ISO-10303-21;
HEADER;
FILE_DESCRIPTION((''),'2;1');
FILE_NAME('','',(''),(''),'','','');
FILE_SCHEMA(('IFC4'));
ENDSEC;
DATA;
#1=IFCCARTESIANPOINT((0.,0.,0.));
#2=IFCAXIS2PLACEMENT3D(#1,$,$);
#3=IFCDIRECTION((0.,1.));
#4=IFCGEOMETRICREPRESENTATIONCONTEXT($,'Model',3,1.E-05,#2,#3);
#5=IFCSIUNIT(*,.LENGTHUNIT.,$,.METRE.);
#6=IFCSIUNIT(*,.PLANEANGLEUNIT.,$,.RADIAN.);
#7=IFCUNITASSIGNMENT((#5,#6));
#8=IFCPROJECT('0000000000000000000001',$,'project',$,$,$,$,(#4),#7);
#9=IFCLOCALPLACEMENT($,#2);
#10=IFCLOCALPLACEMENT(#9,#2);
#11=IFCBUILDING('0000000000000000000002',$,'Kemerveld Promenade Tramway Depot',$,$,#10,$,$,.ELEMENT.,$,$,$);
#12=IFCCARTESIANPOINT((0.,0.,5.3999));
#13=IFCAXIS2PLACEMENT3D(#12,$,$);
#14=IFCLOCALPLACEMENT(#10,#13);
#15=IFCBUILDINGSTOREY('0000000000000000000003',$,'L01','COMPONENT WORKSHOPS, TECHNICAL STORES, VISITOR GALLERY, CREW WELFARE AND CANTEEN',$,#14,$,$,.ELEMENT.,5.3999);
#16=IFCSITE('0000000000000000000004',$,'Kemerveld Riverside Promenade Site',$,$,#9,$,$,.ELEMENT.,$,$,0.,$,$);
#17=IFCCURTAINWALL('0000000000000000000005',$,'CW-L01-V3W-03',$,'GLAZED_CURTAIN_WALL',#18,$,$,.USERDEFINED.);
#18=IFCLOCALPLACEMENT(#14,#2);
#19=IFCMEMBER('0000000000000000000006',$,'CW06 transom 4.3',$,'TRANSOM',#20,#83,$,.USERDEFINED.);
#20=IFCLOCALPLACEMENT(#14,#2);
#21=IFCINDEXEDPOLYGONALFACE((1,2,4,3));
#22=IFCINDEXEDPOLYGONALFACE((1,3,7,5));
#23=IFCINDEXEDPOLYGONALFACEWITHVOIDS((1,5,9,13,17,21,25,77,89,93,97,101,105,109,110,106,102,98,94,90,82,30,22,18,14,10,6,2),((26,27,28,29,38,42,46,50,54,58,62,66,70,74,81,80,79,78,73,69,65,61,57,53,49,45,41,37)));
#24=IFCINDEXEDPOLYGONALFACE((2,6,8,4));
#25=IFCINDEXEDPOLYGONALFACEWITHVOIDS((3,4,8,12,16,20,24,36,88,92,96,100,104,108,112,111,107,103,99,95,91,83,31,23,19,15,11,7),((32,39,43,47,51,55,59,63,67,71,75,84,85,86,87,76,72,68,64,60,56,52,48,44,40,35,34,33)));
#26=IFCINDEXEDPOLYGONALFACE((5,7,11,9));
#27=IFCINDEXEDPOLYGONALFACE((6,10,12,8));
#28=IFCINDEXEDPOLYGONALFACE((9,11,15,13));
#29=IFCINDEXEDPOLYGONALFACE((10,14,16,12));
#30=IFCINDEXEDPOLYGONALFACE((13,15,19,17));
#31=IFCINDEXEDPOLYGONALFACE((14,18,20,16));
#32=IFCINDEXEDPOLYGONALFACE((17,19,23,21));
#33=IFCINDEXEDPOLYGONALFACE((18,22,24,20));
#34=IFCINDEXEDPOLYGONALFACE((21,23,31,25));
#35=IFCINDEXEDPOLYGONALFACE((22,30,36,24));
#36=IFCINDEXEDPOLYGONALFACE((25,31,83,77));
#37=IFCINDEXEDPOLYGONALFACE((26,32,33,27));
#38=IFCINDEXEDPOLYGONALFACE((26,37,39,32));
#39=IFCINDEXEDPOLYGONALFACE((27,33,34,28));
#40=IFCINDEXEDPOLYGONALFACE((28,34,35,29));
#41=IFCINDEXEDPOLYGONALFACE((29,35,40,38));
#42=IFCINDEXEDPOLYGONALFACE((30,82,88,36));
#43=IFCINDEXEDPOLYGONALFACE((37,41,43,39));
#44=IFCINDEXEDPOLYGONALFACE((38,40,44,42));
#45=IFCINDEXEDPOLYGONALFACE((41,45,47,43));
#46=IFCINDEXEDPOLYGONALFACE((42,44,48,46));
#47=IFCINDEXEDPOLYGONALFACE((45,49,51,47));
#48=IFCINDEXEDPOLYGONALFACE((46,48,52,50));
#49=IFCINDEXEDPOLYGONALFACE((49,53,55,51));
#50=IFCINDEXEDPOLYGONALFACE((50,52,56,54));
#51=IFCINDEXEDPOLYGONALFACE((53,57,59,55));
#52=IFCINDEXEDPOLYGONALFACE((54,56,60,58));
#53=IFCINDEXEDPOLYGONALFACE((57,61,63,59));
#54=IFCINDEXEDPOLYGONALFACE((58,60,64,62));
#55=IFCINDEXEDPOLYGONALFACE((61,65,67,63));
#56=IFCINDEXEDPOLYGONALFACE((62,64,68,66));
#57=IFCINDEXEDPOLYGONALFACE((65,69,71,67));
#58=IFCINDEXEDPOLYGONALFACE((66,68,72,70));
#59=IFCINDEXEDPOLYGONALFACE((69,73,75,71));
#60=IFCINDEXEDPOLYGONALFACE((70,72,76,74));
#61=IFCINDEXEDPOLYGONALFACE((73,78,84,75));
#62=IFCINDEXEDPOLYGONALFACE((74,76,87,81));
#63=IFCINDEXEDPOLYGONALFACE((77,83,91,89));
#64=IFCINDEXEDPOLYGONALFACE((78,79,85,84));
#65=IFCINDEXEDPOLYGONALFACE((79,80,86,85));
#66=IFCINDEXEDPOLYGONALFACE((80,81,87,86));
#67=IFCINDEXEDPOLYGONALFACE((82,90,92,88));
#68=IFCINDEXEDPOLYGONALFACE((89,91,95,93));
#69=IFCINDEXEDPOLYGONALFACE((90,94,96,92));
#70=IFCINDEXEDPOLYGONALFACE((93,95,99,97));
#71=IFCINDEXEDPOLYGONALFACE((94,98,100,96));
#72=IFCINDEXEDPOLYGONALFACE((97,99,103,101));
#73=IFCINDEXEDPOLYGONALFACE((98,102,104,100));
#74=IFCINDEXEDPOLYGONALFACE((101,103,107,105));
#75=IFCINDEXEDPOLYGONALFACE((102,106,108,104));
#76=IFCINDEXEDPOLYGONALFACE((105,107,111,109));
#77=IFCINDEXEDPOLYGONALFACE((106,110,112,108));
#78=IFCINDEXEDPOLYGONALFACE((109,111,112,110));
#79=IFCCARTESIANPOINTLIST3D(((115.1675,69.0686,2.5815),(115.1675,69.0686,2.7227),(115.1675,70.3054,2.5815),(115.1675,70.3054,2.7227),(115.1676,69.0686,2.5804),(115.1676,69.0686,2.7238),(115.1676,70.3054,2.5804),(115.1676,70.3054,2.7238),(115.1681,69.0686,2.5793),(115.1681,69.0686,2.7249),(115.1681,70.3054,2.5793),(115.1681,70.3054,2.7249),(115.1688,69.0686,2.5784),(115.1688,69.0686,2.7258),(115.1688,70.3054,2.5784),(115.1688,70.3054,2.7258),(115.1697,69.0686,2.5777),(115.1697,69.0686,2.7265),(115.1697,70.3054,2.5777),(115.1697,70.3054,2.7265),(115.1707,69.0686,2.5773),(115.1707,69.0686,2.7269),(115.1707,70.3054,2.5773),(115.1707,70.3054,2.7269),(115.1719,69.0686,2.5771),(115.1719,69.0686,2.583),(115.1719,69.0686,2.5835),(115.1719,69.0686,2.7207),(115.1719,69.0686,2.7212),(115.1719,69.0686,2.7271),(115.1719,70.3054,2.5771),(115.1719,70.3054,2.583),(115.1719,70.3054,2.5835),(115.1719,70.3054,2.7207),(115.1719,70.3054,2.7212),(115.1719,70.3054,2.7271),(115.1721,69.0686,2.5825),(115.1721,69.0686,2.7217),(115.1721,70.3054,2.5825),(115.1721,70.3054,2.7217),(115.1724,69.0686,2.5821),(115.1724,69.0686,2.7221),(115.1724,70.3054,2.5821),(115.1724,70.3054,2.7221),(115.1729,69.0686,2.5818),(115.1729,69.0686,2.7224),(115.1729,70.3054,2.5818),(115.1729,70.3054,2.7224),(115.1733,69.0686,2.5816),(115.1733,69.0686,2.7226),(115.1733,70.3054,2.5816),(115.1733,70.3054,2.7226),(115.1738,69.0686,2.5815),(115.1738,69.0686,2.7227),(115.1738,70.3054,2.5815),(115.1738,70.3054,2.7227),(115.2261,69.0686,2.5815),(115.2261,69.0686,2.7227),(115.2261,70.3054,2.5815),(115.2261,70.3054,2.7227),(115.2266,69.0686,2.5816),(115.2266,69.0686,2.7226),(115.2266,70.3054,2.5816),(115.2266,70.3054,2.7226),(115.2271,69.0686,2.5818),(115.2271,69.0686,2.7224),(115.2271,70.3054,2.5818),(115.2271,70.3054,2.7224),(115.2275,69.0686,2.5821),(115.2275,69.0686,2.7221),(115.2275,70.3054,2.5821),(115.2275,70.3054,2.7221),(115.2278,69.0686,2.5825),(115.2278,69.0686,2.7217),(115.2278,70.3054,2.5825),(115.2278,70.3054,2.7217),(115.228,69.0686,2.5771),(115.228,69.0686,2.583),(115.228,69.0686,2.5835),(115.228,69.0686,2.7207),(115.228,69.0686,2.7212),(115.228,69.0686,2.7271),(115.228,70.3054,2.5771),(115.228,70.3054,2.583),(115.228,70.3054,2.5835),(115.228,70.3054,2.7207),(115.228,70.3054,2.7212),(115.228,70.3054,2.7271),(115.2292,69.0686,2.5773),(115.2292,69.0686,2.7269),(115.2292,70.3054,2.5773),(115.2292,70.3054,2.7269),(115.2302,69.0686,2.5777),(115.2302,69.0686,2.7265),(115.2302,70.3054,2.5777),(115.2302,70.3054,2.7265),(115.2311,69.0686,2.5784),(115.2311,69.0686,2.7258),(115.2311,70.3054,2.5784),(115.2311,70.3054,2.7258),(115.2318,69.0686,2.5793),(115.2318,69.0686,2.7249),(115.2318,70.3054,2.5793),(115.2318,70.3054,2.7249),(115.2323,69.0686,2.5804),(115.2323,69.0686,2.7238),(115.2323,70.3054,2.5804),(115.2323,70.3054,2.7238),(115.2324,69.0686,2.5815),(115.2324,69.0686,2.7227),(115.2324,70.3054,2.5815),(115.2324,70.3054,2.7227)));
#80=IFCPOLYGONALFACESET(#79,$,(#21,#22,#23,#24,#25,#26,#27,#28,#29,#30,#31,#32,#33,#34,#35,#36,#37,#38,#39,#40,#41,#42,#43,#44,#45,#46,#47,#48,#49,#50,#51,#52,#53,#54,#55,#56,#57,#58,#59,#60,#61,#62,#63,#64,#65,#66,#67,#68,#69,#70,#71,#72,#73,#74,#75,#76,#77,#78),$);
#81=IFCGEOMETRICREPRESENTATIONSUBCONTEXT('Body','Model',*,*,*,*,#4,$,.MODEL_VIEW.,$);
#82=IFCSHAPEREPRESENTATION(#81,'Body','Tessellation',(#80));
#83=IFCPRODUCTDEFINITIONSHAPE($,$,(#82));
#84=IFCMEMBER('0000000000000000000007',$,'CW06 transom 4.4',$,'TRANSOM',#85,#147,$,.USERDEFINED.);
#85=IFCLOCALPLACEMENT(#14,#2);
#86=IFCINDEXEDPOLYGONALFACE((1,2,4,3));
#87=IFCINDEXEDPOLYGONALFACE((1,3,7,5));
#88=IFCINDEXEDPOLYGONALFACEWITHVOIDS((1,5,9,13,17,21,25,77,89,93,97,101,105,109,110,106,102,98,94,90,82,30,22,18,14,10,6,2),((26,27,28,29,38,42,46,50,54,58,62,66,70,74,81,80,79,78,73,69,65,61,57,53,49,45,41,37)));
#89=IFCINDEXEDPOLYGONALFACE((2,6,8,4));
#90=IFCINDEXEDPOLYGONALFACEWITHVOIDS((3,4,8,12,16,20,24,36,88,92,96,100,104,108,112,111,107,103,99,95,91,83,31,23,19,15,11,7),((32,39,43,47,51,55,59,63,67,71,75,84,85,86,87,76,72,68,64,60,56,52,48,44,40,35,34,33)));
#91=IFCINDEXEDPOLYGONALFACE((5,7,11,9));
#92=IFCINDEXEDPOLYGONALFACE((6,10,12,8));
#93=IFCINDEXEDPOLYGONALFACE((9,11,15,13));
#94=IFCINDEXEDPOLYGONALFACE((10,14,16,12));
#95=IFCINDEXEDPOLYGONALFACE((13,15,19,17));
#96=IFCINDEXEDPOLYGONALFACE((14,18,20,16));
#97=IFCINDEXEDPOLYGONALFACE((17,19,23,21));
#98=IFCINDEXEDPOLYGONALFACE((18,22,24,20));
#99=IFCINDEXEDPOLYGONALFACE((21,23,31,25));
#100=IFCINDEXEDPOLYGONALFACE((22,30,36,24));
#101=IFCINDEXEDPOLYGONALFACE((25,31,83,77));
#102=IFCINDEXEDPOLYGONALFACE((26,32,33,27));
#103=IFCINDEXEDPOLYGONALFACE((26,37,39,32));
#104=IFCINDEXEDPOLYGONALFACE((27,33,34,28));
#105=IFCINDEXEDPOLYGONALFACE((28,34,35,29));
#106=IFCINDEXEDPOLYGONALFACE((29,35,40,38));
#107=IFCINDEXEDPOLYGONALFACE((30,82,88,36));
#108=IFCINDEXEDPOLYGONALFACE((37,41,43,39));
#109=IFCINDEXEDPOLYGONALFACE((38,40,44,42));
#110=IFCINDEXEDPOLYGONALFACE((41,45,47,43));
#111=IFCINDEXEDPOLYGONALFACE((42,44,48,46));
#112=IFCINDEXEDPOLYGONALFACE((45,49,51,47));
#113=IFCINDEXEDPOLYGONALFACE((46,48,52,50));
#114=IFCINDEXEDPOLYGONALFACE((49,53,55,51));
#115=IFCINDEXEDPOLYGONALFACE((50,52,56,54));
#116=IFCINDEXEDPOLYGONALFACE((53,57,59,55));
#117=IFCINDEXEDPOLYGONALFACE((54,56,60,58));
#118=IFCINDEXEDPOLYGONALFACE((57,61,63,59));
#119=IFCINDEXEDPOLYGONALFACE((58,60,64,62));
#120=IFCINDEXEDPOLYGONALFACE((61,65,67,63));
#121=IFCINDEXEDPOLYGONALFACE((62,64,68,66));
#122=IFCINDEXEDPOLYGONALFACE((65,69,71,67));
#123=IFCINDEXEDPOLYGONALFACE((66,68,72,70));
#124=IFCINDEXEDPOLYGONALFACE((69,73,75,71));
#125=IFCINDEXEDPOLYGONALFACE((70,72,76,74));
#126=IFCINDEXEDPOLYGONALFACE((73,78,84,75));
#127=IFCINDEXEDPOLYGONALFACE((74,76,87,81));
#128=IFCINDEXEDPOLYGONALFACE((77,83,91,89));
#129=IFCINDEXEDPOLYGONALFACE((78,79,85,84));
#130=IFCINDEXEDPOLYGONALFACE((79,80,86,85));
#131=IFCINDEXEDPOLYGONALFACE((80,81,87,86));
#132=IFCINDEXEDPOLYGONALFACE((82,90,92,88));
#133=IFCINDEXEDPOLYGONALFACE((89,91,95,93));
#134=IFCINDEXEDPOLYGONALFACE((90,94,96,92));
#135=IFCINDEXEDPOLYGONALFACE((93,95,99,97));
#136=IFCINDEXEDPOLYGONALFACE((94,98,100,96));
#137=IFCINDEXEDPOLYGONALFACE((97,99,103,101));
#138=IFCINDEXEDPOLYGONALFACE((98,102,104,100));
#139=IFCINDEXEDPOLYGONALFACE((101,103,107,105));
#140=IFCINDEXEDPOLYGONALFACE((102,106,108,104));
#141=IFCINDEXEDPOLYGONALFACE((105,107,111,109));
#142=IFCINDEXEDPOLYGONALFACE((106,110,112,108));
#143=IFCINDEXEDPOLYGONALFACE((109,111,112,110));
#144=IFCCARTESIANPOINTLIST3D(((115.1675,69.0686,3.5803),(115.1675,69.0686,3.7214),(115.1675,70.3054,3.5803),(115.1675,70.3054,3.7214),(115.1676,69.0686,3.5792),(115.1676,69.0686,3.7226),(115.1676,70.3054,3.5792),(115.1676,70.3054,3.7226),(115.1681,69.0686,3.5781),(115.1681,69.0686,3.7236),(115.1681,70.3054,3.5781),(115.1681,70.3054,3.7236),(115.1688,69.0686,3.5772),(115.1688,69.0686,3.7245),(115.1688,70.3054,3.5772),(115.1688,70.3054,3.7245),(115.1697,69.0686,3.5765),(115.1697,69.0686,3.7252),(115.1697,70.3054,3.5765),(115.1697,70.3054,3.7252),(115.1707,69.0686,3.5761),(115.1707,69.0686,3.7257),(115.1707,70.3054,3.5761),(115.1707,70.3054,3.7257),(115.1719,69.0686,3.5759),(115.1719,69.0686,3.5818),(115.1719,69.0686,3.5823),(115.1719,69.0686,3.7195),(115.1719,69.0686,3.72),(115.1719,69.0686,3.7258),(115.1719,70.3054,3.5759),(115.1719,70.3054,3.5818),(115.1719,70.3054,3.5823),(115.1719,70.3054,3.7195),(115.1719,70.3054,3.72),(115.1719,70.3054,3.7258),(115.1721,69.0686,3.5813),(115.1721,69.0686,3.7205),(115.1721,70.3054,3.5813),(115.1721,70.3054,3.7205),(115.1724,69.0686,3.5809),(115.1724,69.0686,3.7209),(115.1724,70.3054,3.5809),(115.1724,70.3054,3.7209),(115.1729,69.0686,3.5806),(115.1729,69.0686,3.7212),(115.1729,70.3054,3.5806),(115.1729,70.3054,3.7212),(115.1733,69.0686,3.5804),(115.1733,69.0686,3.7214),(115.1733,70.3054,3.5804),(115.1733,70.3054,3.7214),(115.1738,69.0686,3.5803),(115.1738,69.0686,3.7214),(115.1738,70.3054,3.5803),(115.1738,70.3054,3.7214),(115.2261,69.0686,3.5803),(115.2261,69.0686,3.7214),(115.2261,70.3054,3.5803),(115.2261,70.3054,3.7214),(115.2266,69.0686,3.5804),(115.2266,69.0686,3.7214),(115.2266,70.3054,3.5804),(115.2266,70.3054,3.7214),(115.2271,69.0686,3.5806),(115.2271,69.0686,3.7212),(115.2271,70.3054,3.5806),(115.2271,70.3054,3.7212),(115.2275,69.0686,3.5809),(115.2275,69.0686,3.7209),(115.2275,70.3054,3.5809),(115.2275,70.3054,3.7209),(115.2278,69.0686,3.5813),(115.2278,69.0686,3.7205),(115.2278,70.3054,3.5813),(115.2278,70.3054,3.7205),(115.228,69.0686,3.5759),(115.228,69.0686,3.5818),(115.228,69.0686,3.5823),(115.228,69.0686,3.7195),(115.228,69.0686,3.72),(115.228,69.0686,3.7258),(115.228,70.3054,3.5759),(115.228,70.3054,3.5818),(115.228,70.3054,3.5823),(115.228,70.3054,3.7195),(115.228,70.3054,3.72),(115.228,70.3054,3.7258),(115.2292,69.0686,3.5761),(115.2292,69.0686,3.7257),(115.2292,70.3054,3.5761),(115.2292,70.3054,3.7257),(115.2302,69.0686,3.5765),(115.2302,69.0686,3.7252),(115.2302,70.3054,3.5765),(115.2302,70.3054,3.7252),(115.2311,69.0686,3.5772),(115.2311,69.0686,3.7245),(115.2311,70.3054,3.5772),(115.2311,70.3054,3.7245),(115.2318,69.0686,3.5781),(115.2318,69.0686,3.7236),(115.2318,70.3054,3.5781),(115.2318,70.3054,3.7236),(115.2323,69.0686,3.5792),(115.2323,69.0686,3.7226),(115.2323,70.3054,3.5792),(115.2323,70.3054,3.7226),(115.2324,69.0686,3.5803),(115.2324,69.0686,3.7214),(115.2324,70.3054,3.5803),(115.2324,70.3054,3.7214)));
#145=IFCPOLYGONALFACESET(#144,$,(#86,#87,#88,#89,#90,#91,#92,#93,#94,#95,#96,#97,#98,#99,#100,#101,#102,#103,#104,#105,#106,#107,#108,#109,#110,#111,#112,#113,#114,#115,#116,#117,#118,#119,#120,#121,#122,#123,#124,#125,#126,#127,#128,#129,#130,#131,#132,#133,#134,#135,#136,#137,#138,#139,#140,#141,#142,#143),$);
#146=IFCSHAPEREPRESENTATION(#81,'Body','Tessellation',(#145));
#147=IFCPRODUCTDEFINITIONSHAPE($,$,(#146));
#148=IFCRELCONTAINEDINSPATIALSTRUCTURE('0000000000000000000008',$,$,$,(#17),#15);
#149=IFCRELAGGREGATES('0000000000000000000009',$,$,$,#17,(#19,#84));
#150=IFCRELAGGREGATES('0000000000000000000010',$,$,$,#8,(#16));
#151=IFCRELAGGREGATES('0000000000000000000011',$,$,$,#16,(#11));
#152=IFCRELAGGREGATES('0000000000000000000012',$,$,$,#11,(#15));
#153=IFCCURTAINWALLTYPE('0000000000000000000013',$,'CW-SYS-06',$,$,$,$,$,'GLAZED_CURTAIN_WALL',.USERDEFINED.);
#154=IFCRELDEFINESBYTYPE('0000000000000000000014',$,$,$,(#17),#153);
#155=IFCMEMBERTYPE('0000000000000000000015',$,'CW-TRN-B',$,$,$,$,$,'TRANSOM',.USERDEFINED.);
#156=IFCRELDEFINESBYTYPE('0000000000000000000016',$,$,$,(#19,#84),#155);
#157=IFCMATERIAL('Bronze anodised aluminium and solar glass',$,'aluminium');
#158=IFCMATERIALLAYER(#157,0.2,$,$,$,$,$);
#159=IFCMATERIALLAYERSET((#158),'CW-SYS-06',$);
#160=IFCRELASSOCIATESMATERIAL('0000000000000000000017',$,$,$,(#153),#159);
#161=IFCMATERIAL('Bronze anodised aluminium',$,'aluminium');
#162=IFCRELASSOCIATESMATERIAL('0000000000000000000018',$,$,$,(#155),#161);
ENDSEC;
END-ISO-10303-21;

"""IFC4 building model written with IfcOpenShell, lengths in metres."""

from ifc_helpers import new_model, si_unit, direction, frame, origin, origin_2d, place, context, subcontext, project, spatial, hollow_rectangle, extrude, material, layer, layer_set, material_profile, profile_set, type_object, element, aggregate, save


model = new_model("IFC4")

# Units and contexts
model_context = context("Model", 3, precision=1e-05, world=origin(), true_north=direction((0.0, 1.0)))
body_context = subcontext(model_context, "Body", "Model", "MODEL_VIEW")
ifc_project = project(units=[si_unit("LENGTHUNIT", "METRE"), si_unit("PLANEANGLEUNIT", "RADIAN")], contexts=[model_context])

# Site, building, storey
site_placement = place(None, origin())
site = spatial("IfcSite", under=ifc_project, at=site_placement, Name="Kemerveld Riverside Promenade Site", CompositionType="ELEMENT", RefElevation=0.0)
building_placement = place(site_placement, origin())
building = spatial("IfcBuilding", under=site, at=building_placement, Name="Kemerveld Promenade Tramway Depot", CompositionType="ELEMENT")
storey_placement = place(building_placement, frame((0.0, 0.0, 5.3999)))
storey = spatial("IfcBuildingStorey", under=building, at=storey_placement, Name="L01", Description="COMPONENT WORKSHOPS, TECHNICAL STORES, VISITOR GALLERY, CREW WELFARE AND CANTEEN", CompositionType="ELEMENT", Elevation=5.3999)

# Curtain wall
ifc_material_1 = material(Name="Bronze anodised aluminium and solar glass", Category="aluminium")
ifc_layer_1 = layer(ifc_material_1, 0.2)
ifc_layer_set_1 = layer_set([ifc_layer_1], Name="CW-SYS-06")
curtain_wall_type_1 = type_object("IfcCurtainWallType", Name="CW-SYS-06", ElementType="GLAZED_CURTAIN_WALL", PredefinedType="USERDEFINED", material=ifc_layer_set_1)
curtain_wall_1_placement = place(storey_placement, origin())
curtain_wall_1 = element("IfcCurtainWall", 1, at=curtain_wall_1_placement, inside=storey, type_object=curtain_wall_type_1, Name="CW-L01-V3W-03", ObjectType="GLAZED_CURTAIN_WALL", PredefinedType="USERDEFINED")
ifc_material_2 = material(Name="Bronze anodised aluminium", Category="aluminium")

# Members
ifc_material_profile_1 = material_profile(ifc_material_2, hollow_rectangle(XDim=0.0649, YDim=0.1499, WallThickness=0.0044, InnerFilletRadius=0.002, OuterFilletRadius=0.0044, at=origin_2d()), Name="CW-TRN-150x65")
ifc_profile_set_1 = profile_set([ifc_material_profile_1], Name="Bronze anodised aluminium")
member_type_1 = type_object("IfcMemberType", Name="CW-TRN-B", ElementType="TRANSOM", PredefinedType="USERDEFINED", material=ifc_profile_set_1)
member_1_placement = place(storey_placement, frame((115.2, 69.0686, 2.6521), z_axis=(0.0, 1.0, 0.0), x_axis=(-1.0, 0.0, 0.0)))
member_1 = element("IfcMember", 2, at=member_1_placement, type_object=member_type_1, Name="CW06 transom 4.3", ObjectType="TRANSOM", PredefinedType="USERDEFINED", context=body_context, shape_type="SweptSolid", body=[
    extrude(hollow_rectangle(XDim=0.0649, YDim=0.1499, WallThickness=0.0044, InnerFilletRadius=0.002, OuterFilletRadius=0.0044, at=origin_2d()), origin(), (0.0, 0.0, 1.0), 1.2368),
])
member_2_placement = place(storey_placement, frame((115.2, 69.0686, 3.6509), z_axis=(0.0, 1.0, 0.0), x_axis=(-1.0, 0.0, 0.0)))
member_2 = element("IfcMember", 3, at=member_2_placement, type_object=member_type_1, Name="CW06 transom 4.4", ObjectType="TRANSOM", PredefinedType="USERDEFINED", context=body_context, shape_type="SweptSolid", body=[
    extrude(hollow_rectangle(XDim=0.0649, YDim=0.1499, WallThickness=0.0044, InnerFilletRadius=0.002, OuterFilletRadius=0.0044, at=origin_2d()), origin(), (0.0, 0.0, 1.0), 1.2368),
])

aggregate(curtain_wall_1, [member_1, member_2])

save(model, "model.ifc")
